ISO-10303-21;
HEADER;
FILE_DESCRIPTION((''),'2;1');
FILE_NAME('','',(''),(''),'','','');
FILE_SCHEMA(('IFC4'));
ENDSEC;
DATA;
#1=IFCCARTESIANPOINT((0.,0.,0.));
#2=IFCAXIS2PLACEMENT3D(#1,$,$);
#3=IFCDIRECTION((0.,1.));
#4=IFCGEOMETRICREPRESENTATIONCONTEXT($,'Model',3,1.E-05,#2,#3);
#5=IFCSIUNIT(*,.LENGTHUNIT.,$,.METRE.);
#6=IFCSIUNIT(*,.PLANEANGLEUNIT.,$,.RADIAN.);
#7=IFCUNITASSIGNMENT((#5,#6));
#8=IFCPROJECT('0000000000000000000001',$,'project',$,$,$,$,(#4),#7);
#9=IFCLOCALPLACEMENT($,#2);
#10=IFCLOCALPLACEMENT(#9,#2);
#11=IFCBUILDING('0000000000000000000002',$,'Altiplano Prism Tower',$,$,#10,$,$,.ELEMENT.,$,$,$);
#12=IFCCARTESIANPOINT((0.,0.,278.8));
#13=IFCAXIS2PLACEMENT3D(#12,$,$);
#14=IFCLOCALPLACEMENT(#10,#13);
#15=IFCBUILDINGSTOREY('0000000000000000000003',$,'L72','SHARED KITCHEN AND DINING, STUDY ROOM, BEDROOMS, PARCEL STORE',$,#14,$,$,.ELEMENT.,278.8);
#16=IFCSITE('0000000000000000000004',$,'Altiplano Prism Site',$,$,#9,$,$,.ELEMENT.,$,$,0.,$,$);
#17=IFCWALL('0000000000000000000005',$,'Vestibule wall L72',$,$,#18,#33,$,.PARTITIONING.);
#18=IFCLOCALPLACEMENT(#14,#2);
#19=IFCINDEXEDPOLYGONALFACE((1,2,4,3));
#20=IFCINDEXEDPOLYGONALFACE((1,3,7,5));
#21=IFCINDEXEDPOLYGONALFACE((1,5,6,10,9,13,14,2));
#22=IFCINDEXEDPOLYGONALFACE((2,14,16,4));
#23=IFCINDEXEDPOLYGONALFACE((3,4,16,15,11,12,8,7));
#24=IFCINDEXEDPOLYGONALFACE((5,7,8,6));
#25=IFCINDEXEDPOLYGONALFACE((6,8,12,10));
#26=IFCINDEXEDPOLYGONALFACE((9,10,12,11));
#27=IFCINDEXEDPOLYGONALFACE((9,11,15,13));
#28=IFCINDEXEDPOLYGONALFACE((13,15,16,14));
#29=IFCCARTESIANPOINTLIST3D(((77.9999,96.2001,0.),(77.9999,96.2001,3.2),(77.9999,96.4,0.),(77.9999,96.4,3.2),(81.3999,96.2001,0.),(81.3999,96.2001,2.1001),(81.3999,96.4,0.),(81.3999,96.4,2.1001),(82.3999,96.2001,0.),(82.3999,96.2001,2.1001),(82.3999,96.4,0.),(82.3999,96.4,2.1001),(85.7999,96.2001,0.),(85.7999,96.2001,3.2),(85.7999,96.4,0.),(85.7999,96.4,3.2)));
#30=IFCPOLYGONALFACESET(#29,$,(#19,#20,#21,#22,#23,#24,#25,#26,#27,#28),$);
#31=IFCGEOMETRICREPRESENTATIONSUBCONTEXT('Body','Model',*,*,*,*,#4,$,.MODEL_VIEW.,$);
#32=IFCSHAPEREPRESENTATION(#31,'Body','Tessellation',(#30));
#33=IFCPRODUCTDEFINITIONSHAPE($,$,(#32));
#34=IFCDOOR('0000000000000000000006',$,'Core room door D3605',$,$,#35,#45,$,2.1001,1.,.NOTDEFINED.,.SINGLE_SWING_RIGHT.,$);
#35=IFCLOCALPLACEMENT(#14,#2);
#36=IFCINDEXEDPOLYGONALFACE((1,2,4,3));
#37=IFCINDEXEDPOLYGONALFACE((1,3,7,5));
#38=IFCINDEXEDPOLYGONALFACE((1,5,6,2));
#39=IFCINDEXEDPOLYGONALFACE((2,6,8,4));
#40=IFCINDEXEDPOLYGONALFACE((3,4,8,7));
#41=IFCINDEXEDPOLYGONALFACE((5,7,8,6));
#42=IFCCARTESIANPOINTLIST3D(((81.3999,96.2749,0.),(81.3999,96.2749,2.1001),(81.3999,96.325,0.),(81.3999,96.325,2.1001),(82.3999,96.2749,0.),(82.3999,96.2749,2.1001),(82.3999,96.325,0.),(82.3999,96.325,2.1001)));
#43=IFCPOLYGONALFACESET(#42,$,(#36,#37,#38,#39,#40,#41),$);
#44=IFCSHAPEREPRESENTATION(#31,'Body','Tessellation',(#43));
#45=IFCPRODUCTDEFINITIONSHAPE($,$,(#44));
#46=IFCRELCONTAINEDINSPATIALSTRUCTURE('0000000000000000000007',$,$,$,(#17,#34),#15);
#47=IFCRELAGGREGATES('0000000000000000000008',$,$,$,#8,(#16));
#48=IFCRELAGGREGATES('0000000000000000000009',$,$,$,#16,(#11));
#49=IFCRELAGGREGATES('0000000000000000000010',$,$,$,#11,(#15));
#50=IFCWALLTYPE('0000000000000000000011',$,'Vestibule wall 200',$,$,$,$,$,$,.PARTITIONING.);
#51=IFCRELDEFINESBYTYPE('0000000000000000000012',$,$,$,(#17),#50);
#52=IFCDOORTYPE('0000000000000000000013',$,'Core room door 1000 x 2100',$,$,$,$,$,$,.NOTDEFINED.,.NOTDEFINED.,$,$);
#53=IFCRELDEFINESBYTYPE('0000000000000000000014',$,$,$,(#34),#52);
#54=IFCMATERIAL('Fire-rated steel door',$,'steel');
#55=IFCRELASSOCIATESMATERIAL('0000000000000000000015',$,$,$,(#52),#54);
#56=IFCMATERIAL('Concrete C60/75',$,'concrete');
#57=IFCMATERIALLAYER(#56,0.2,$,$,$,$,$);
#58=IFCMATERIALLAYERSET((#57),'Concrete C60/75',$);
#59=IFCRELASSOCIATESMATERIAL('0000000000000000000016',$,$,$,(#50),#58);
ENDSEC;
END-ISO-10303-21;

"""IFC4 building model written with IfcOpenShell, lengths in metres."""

from ifc_helpers import new_model, si_unit, direction, frame, frame_2d, origin, place, context, subcontext, project, spatial, rectangle, extrude, material, layer, layer_set, type_object, element, fill, save


model = new_model("IFC4")

# Units and contexts
model_context = context("Model", 3, precision=1e-05, world=origin(), true_north=direction((0.0, 1.0)))
body_context = subcontext(model_context, "Body", "Model", "MODEL_VIEW")
ifc_project = project(units=[si_unit("LENGTHUNIT", "METRE"), si_unit("PLANEANGLEUNIT", "RADIAN")], contexts=[model_context])

# Site, building, storey
site_placement = place(None, origin())
site = spatial("IfcSite", under=ifc_project, at=site_placement, Name="Altiplano Prism Site", CompositionType="ELEMENT", RefElevation=0.0)
building_placement = place(site_placement, origin())
building = spatial("IfcBuilding", under=site, at=building_placement, Name="Altiplano Prism Tower", CompositionType="ELEMENT")
storey_placement = place(building_placement, frame((0.0, 0.0, 278.8)))
storey = spatial("IfcBuildingStorey", under=building, at=storey_placement, Name="L72", Description="SHARED KITCHEN AND DINING, STUDY ROOM, BEDROOMS, PARCEL STORE", CompositionType="ELEMENT", Elevation=278.8)

# Shared definitions
ifc_material_1 = material(Name="Concrete C60/75", Category="concrete")

# Shared definitions
ifc_material_2 = material(Name="Fire-rated steel door", Category="steel")
door_type_1 = type_object("IfcDoorType", Name="Core room door 1000 x 2100", OperationType="NOTDEFINED", PredefinedType="NOTDEFINED", material=ifc_material_2)

# Shared definitions
ifc_layer_1 = layer(ifc_material_1, 0.2)
ifc_layer_set_1 = layer_set([ifc_layer_1], Name="Concrete C60/75")
wall_type_1 = type_object("IfcWallType", Name="Vestibule wall 200", PredefinedType="PARTITIONING", material=ifc_layer_set_1)

# Wall, opening, door
wall_1_placement = place(storey_placement, frame((78.0, 96.3, 0.0), z_axis=(0.0, 0.0, 1.0), x_axis=(1.0, 0.0, 0.0)))
wall_1 = element("IfcWall", 1, at=wall_1_placement, inside=storey, type_object=wall_type_1, Name="Vestibule wall L72", PredefinedType="PARTITIONING", context=body_context, shape_type="SweptSolid", body=[
    extrude(rectangle(XDim=7.8, YDim=0.2, at=frame_2d((3.8999, 0.0))), origin(), (0.0, 0.0, 1.0), 3.2),
])
opening_1_placement = place(wall_1_placement, frame((3.3999, 0.0, 0.0)))
opening_1 = element("IfcOpeningElement", 2, at=opening_1_placement, cuts=wall_1, PredefinedType="OPENING", context=body_context, shape_type="SweptSolid", body=[
    extrude(rectangle(XDim=1.0, YDim=2.1001, at=frame_2d((0.5, 1.05))), frame((0.0, 0.1104, 0.0), z_axis=(0.0, -1.0, 0.0), x_axis=(1.0, 0.0, 0.0)), (0.0, 0.0, 1.0), 0.2209),
])
door_1_placement = place(opening_1_placement, origin())
door_1 = element("IfcDoor", 3, at=door_1_placement, inside=storey, type_object=door_type_1, Name="Core room door D3605", OperationType="SINGLE_SWING_RIGHT", OverallHeight=2.1001, OverallWidth=1.0, PredefinedType="NOTDEFINED", context=body_context, shape_type="SweptSolid", body=[
    extrude(rectangle(XDim=1.0, YDim=2.1001, at=frame_2d((0.5, 1.05))), frame((0.0, 0.0249, 0.0), z_axis=(0.0, -1.0, 0.0), x_axis=(1.0, 0.0, 0.0)), (0.0, 0.0, 1.0), 0.05),
])
fill(opening_1, door_1)

save(model, "model.ifc")
